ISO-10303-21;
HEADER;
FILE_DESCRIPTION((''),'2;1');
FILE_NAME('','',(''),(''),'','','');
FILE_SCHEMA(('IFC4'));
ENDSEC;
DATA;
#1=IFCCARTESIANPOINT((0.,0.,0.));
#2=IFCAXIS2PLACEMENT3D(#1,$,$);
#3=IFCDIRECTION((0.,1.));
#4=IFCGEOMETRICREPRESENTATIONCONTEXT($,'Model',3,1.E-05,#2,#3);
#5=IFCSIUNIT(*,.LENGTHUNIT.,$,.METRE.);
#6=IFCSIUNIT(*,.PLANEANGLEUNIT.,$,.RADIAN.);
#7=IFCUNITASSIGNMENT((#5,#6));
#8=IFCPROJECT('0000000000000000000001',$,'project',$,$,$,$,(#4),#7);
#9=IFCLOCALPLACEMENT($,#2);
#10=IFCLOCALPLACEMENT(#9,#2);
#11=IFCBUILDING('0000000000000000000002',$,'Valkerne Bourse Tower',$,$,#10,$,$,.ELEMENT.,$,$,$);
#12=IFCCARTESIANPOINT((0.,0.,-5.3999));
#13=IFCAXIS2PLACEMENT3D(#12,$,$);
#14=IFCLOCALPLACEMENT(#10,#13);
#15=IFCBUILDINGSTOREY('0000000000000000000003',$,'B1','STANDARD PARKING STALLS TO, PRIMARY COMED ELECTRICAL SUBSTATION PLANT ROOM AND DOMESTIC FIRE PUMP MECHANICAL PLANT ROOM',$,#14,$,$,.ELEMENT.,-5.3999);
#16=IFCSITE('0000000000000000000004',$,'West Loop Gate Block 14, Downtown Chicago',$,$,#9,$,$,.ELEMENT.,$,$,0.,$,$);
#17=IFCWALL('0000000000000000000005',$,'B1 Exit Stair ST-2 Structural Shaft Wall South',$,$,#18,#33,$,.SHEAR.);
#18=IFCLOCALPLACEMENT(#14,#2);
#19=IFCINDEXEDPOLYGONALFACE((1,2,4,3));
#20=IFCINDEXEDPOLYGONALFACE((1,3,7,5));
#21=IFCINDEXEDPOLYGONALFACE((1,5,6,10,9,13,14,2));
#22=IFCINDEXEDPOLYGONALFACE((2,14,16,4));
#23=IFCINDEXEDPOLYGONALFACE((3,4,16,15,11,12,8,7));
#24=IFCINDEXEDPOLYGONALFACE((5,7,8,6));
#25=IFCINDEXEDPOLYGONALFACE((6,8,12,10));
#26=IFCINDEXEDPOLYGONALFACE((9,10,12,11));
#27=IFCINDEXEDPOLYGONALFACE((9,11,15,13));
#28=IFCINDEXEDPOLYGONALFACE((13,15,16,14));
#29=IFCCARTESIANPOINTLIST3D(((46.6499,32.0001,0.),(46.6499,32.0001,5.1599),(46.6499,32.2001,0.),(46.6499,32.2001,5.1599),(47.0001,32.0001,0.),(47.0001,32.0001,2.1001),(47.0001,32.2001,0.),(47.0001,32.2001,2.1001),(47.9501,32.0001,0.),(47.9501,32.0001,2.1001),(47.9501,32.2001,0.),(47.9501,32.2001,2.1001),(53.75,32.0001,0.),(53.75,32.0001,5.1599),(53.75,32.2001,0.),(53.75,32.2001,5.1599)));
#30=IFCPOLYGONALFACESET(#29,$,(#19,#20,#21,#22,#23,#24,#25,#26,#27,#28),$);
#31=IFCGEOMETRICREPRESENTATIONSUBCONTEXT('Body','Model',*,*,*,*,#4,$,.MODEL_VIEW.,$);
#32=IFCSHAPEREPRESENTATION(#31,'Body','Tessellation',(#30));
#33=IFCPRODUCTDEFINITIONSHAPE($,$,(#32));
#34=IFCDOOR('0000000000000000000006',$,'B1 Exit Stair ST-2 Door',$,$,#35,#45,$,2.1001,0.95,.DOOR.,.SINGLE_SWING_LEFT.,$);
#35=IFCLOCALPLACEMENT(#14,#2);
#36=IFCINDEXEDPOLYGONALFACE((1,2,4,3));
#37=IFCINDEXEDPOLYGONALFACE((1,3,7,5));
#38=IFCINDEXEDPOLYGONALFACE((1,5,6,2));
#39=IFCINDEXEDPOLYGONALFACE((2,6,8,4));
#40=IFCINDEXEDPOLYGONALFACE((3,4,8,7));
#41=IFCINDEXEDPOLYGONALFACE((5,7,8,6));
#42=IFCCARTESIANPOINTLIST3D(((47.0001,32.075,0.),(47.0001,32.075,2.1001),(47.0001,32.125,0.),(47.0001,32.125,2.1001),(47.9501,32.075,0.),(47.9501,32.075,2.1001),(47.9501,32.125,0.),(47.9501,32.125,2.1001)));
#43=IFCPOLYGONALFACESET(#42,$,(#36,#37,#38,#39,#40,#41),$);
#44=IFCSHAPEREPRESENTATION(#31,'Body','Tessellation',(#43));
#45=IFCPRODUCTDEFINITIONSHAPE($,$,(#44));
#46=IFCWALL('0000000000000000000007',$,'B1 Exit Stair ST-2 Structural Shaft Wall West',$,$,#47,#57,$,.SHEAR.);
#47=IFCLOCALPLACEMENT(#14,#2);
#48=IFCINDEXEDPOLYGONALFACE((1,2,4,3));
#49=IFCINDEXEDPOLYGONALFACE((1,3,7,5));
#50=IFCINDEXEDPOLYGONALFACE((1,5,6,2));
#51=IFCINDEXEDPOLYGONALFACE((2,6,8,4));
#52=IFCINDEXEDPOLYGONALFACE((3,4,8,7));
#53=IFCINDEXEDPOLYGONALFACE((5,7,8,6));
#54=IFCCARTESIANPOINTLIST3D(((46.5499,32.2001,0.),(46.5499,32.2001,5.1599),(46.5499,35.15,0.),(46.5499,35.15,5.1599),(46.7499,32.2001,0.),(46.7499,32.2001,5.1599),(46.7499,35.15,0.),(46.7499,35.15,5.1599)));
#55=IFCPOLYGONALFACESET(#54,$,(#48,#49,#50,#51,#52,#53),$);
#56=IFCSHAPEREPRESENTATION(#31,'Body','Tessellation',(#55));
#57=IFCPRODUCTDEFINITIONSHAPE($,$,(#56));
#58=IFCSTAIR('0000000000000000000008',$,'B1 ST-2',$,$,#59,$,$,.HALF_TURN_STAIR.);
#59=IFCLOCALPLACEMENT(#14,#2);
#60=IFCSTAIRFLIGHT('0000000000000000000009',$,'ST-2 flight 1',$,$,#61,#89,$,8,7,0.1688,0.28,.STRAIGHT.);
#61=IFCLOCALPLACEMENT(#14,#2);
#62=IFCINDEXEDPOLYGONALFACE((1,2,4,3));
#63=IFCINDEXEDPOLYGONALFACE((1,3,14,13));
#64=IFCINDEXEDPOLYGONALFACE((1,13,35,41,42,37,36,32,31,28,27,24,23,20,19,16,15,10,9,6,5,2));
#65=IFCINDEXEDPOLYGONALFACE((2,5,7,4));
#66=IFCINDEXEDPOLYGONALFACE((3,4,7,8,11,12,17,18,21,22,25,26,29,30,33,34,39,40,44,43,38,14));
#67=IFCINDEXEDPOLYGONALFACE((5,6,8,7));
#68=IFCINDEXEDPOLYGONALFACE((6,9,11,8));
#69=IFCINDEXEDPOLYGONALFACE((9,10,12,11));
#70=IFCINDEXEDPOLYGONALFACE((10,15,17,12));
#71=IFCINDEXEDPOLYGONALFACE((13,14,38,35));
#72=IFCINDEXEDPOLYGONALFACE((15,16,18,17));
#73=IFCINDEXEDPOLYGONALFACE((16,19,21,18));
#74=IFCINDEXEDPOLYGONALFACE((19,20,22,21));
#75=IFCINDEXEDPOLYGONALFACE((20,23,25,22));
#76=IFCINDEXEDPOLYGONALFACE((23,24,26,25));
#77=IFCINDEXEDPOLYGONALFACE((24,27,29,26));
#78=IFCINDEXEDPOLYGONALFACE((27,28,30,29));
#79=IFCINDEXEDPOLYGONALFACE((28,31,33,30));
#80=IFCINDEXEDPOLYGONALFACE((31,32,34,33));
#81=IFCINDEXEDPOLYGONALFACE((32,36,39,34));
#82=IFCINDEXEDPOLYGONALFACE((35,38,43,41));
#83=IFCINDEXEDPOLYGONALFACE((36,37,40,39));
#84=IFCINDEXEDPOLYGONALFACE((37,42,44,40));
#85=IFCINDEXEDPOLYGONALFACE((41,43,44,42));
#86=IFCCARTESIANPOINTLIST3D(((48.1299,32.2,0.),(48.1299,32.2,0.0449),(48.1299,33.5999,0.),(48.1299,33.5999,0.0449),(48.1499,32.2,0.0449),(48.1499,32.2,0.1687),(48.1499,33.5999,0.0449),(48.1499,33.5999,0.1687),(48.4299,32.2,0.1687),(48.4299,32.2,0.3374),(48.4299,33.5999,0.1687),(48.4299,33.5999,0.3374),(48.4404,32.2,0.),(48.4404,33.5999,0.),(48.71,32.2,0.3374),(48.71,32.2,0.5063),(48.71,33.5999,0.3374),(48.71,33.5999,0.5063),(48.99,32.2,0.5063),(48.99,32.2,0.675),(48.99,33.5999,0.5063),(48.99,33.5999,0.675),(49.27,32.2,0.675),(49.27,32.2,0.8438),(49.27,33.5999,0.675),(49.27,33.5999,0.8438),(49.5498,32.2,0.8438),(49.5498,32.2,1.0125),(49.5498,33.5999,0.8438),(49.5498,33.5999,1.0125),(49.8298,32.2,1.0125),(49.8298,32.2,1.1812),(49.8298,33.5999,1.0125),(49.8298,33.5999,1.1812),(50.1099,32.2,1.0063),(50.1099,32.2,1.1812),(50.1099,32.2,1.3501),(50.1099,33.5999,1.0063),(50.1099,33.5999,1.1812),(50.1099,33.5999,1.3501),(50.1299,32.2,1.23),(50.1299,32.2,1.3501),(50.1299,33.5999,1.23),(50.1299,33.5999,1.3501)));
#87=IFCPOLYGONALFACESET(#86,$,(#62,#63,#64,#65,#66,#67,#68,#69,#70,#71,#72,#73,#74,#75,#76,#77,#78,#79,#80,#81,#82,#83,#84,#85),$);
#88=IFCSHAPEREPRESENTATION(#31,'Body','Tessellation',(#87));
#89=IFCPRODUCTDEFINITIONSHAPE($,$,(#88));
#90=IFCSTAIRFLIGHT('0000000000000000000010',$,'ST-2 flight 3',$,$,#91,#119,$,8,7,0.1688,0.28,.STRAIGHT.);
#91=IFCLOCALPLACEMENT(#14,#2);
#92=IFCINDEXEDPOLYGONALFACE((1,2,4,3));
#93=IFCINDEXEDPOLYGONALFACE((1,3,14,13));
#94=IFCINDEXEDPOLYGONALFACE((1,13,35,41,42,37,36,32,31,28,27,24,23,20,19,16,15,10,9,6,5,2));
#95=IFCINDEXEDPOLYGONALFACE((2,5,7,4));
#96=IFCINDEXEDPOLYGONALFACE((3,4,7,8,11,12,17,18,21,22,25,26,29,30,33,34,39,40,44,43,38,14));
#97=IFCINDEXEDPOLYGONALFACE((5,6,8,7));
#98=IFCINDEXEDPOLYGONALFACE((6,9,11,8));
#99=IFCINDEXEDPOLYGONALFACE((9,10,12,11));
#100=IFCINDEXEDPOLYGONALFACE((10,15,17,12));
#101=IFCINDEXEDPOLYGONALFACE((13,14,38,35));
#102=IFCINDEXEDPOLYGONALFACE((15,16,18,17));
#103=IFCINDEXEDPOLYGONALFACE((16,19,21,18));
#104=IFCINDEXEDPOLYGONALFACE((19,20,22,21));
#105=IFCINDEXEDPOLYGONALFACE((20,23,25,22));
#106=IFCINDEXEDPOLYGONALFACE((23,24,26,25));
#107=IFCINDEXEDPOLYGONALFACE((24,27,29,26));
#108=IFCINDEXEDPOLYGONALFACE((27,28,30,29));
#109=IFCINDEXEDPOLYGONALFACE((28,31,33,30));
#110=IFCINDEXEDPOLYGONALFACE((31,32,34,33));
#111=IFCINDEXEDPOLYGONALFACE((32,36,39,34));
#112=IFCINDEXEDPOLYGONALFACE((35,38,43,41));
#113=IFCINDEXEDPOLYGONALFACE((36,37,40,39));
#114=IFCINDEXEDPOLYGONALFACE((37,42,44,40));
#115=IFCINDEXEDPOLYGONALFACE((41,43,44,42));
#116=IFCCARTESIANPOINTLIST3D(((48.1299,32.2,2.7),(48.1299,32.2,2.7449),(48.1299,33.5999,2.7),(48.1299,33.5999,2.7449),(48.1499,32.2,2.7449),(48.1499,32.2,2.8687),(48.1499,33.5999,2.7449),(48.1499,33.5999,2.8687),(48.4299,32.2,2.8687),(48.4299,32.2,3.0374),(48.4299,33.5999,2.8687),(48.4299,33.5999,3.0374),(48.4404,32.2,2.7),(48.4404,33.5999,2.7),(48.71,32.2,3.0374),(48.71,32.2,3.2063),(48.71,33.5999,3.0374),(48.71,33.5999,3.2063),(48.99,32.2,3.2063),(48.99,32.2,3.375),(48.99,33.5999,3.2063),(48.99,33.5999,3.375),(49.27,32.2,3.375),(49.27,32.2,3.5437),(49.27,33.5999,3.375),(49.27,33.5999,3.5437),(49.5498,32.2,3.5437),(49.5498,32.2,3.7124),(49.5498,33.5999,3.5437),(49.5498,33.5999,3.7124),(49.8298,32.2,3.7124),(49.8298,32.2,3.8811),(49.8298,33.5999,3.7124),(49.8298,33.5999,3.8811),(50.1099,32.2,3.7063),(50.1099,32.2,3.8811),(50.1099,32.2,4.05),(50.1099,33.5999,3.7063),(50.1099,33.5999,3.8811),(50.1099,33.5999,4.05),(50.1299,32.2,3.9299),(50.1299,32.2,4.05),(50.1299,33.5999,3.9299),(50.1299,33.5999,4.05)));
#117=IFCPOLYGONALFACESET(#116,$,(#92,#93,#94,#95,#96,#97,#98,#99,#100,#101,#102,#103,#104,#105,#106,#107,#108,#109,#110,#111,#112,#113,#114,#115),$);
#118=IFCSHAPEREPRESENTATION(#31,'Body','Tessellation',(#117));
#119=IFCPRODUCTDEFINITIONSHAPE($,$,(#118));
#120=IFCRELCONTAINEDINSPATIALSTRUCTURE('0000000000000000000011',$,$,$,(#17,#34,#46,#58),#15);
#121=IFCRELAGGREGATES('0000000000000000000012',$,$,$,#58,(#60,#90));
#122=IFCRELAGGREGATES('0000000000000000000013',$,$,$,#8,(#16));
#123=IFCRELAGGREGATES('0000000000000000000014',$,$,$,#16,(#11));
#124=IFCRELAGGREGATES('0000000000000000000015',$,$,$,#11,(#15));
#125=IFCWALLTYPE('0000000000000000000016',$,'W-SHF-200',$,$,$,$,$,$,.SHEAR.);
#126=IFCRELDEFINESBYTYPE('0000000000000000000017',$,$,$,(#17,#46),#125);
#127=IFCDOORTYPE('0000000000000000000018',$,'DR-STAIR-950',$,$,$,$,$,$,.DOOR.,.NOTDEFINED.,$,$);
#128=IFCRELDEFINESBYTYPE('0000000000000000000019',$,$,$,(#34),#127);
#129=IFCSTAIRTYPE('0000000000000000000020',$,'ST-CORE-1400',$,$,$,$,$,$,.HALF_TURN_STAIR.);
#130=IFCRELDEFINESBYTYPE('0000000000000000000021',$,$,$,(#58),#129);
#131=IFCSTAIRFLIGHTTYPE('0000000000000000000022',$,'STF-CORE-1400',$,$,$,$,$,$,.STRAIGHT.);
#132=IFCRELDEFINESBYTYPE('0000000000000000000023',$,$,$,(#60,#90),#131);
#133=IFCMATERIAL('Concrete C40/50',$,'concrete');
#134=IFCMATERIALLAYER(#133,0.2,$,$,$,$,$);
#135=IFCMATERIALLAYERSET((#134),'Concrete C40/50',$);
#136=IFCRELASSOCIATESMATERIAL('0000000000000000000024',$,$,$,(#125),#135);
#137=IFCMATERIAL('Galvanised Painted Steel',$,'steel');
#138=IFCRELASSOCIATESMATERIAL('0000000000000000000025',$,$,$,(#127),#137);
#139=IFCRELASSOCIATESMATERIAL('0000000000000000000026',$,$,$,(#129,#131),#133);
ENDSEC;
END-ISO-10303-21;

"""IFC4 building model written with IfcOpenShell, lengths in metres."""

from ifc_helpers import new_model, si_unit, direction, frame, frame_2d, origin, place, context, subcontext, project, spatial, polyline, rectangle, outline, extrude, material, layer, layer_set, type_object, element, fill, aggregate, save


model = new_model("IFC4")

# Units and contexts
model_context = context("Model", 3, precision=1e-05, world=origin(), true_north=direction((0.0, 1.0)))
body_context = subcontext(model_context, "Body", "Model", "MODEL_VIEW")
ifc_project = project(units=[si_unit("LENGTHUNIT", "METRE"), si_unit("PLANEANGLEUNIT", "RADIAN")], contexts=[model_context])

# Site, building, storey
site_placement = place(None, origin())
site = spatial("IfcSite", under=ifc_project, at=site_placement, Name="West Loop Gate Block 14, Downtown Chicago", CompositionType="ELEMENT", RefElevation=0.0)
building_placement = place(site_placement, origin())
building = spatial("IfcBuilding", under=site, at=building_placement, Name="Valkerne Bourse Tower", CompositionType="ELEMENT")
storey_placement = place(building_placement, frame((0.0, 0.0, -5.3999)))
storey = spatial("IfcBuildingStorey", under=building, at=storey_placement, Name="B1", Description="STANDARD PARKING STALLS TO, PRIMARY COMED ELECTRICAL SUBSTATION PLANT ROOM AND DOMESTIC FIRE PUMP MECHANICAL PLANT ROOM", CompositionType="ELEMENT", Elevation=-5.3999)

# Wall, opening, door
ifc_material_1 = material(Name="Concrete C40/50", Category="concrete")
ifc_layer_1 = layer(ifc_material_1, 0.2)
ifc_layer_set_1 = layer_set([ifc_layer_1], Name="Concrete C40/50")
wall_type_1 = type_object("IfcWallType", Name="W-SHF-200", PredefinedType="SHEAR", material=ifc_layer_set_1)
wall_1_placement = place(storey_placement, frame((46.6499, 32.1001, 0.0), z_axis=(0.0, 0.0, 1.0), x_axis=(1.0, 0.0, 0.0)))
wall_1 = element("IfcWall", 1, at=wall_1_placement, inside=storey, type_object=wall_type_1, Name="B1 Exit Stair ST-2 Structural Shaft Wall South", PredefinedType="SHEAR", context=body_context, shape_type="SweptSolid", body=[
    extrude(rectangle(XDim=7.1001, YDim=0.2, at=frame_2d((3.55, 0.0))), origin(), (0.0, 0.0, 1.0), 5.1599),
])
opening_1_placement = place(wall_1_placement, frame((0.3501, 0.0, 0.0)))
opening_1 = element("IfcOpeningElement", 2, at=opening_1_placement, cuts=wall_1, PredefinedType="OPENING", context=body_context, shape_type="SweptSolid", body=[
    extrude(rectangle(XDim=0.95, YDim=2.1001, at=frame_2d((0.4751, 1.05))), frame((0.0, 0.1099, 0.0), z_axis=(0.0, -1.0, 0.0), x_axis=(1.0, 0.0, 0.0)), (0.0, 0.0, 1.0), 0.22),
])
ifc_material_2 = material(Name="Galvanised Painted Steel", Category="steel")
door_type_1 = type_object("IfcDoorType", Name="DR-STAIR-950", OperationType="NOTDEFINED", PredefinedType="DOOR", material=ifc_material_2)
door_1_placement = place(opening_1_placement, origin())
door_1 = element("IfcDoor", 3, at=door_1_placement, inside=storey, type_object=door_type_1, Name="B1 Exit Stair ST-2 Door", OperationType="SINGLE_SWING_LEFT", OverallHeight=2.1001, OverallWidth=0.95, PredefinedType="DOOR", context=body_context, shape_type="SweptSolid", body=[
    extrude(rectangle(XDim=0.95, YDim=2.1001, at=frame_2d((0.4751, 1.05))), frame((0.0, 0.0249, 0.0), z_axis=(0.0, -1.0, 0.0), x_axis=(1.0, 0.0, 0.0)), (0.0, 0.0, 1.0), 0.05),
])
fill(opening_1, door_1)

# Wall
wall_2_placement = place(storey_placement, frame((46.6499, 32.2, 0.0), z_axis=(0.0, 0.0, 1.0), x_axis=(0.0, 1.0, 0.0)))
element("IfcWall", 4, at=wall_2_placement, inside=storey, type_object=wall_type_1, Name="B1 Exit Stair ST-2 Structural Shaft Wall West", PredefinedType="SHEAR", context=body_context, shape_type="SweptSolid", body=[
    extrude(rectangle(XDim=2.95, YDim=0.2, at=frame_2d((1.4751, 0.0))), origin(), (0.0, 0.0, 1.0), 5.1599),
])

# Stair, stair flights
stair_type = type_object("IfcStairType", Name="ST-CORE-1400", PredefinedType="HALF_TURN_STAIR", material=ifc_material_1)
stair_placement = place(storey_placement, origin())
stair = element("IfcStair", 5, at=stair_placement, inside=storey, type_object=stair_type, Name="B1 ST-2", PredefinedType="HALF_TURN_STAIR")
stair_flight_type = type_object("IfcStairFlightType", Name="STF-CORE-1400", PredefinedType="STRAIGHT", material=ifc_material_1)
stair_flight_1_placement = place(storey_placement, frame((48.1499, 32.8999, 0.0), z_axis=(0.0, 0.0, 1.0), x_axis=(1.0, 0.0, 0.0)))
stair_flight_1 = element("IfcStairFlight", 6, at=stair_flight_1_placement, type_object=stair_flight_type, Name="ST-2 flight 1", NumberOfRisers=8, NumberOfTreads=7, PredefinedType="STRAIGHT", RiserHeight=0.1688, TreadLength=0.28, context=body_context, shape_type="SweptSolid", body=[
    extrude(outline(polyline([(-0.02, 0.0), (-0.02, 0.0449), (0.0, 0.0449), (0.0, 0.1687), (0.28, 0.1687), (0.28, 0.3374), (0.5601, 0.3374), (0.5601, 0.5063), (0.8401, 0.5063), (0.8401, 0.675), (1.1201, 0.675), (1.1201, 0.8438), (1.3999, 0.8438), (1.3999, 1.0125), (1.6799, 1.0125), (1.6799, 1.1812), (1.96, 1.1812), (1.96, 1.3501), (1.98, 1.3501), (1.98, 1.23), (1.96, 1.0063), (0.2905, 0.0), (-0.02, 0.0)])), frame((0.0, 0.7, 0.0), z_axis=(0.0, -1.0, 0.0), x_axis=(1.0, 0.0, 0.0)), (0.0, 0.0, 1.0), 1.3999),
])
stair_flight_2_placement = place(storey_placement, frame((48.1499, 32.8999, 2.7), z_axis=(0.0, 0.0, 1.0), x_axis=(1.0, 0.0, 0.0)))
stair_flight_2 = element("IfcStairFlight", 7, at=stair_flight_2_placement, type_object=stair_flight_type, Name="ST-2 flight 3", NumberOfRisers=8, NumberOfTreads=7, PredefinedType="STRAIGHT", RiserHeight=0.1688, TreadLength=0.28, context=body_context, shape_type="SweptSolid", body=[
    extrude(outline(polyline([(-0.02, 0.0), (-0.02, 0.0449), (0.0, 0.0449), (0.0, 0.1687), (0.28, 0.1687), (0.28, 0.3374), (0.5601, 0.3374), (0.5601, 0.5063), (0.8401, 0.5063), (0.8401, 0.675), (1.1201, 0.675), (1.1201, 0.8438), (1.3999, 0.8438), (1.3999, 1.0125), (1.6799, 1.0125), (1.6799, 1.1812), (1.96, 1.1812), (1.96, 1.3501), (1.98, 1.3501), (1.98, 1.23), (1.96, 1.0063), (0.2905, 0.0), (-0.02, 0.0)])), frame((0.0, 0.7, 0.0), z_axis=(0.0, -1.0, 0.0), x_axis=(1.0, 0.0, 0.0)), (0.0, 0.0, 1.0), 1.3999),
])
aggregate(stair, [stair_flight_1, stair_flight_2])

save(model, "model.ifc")
